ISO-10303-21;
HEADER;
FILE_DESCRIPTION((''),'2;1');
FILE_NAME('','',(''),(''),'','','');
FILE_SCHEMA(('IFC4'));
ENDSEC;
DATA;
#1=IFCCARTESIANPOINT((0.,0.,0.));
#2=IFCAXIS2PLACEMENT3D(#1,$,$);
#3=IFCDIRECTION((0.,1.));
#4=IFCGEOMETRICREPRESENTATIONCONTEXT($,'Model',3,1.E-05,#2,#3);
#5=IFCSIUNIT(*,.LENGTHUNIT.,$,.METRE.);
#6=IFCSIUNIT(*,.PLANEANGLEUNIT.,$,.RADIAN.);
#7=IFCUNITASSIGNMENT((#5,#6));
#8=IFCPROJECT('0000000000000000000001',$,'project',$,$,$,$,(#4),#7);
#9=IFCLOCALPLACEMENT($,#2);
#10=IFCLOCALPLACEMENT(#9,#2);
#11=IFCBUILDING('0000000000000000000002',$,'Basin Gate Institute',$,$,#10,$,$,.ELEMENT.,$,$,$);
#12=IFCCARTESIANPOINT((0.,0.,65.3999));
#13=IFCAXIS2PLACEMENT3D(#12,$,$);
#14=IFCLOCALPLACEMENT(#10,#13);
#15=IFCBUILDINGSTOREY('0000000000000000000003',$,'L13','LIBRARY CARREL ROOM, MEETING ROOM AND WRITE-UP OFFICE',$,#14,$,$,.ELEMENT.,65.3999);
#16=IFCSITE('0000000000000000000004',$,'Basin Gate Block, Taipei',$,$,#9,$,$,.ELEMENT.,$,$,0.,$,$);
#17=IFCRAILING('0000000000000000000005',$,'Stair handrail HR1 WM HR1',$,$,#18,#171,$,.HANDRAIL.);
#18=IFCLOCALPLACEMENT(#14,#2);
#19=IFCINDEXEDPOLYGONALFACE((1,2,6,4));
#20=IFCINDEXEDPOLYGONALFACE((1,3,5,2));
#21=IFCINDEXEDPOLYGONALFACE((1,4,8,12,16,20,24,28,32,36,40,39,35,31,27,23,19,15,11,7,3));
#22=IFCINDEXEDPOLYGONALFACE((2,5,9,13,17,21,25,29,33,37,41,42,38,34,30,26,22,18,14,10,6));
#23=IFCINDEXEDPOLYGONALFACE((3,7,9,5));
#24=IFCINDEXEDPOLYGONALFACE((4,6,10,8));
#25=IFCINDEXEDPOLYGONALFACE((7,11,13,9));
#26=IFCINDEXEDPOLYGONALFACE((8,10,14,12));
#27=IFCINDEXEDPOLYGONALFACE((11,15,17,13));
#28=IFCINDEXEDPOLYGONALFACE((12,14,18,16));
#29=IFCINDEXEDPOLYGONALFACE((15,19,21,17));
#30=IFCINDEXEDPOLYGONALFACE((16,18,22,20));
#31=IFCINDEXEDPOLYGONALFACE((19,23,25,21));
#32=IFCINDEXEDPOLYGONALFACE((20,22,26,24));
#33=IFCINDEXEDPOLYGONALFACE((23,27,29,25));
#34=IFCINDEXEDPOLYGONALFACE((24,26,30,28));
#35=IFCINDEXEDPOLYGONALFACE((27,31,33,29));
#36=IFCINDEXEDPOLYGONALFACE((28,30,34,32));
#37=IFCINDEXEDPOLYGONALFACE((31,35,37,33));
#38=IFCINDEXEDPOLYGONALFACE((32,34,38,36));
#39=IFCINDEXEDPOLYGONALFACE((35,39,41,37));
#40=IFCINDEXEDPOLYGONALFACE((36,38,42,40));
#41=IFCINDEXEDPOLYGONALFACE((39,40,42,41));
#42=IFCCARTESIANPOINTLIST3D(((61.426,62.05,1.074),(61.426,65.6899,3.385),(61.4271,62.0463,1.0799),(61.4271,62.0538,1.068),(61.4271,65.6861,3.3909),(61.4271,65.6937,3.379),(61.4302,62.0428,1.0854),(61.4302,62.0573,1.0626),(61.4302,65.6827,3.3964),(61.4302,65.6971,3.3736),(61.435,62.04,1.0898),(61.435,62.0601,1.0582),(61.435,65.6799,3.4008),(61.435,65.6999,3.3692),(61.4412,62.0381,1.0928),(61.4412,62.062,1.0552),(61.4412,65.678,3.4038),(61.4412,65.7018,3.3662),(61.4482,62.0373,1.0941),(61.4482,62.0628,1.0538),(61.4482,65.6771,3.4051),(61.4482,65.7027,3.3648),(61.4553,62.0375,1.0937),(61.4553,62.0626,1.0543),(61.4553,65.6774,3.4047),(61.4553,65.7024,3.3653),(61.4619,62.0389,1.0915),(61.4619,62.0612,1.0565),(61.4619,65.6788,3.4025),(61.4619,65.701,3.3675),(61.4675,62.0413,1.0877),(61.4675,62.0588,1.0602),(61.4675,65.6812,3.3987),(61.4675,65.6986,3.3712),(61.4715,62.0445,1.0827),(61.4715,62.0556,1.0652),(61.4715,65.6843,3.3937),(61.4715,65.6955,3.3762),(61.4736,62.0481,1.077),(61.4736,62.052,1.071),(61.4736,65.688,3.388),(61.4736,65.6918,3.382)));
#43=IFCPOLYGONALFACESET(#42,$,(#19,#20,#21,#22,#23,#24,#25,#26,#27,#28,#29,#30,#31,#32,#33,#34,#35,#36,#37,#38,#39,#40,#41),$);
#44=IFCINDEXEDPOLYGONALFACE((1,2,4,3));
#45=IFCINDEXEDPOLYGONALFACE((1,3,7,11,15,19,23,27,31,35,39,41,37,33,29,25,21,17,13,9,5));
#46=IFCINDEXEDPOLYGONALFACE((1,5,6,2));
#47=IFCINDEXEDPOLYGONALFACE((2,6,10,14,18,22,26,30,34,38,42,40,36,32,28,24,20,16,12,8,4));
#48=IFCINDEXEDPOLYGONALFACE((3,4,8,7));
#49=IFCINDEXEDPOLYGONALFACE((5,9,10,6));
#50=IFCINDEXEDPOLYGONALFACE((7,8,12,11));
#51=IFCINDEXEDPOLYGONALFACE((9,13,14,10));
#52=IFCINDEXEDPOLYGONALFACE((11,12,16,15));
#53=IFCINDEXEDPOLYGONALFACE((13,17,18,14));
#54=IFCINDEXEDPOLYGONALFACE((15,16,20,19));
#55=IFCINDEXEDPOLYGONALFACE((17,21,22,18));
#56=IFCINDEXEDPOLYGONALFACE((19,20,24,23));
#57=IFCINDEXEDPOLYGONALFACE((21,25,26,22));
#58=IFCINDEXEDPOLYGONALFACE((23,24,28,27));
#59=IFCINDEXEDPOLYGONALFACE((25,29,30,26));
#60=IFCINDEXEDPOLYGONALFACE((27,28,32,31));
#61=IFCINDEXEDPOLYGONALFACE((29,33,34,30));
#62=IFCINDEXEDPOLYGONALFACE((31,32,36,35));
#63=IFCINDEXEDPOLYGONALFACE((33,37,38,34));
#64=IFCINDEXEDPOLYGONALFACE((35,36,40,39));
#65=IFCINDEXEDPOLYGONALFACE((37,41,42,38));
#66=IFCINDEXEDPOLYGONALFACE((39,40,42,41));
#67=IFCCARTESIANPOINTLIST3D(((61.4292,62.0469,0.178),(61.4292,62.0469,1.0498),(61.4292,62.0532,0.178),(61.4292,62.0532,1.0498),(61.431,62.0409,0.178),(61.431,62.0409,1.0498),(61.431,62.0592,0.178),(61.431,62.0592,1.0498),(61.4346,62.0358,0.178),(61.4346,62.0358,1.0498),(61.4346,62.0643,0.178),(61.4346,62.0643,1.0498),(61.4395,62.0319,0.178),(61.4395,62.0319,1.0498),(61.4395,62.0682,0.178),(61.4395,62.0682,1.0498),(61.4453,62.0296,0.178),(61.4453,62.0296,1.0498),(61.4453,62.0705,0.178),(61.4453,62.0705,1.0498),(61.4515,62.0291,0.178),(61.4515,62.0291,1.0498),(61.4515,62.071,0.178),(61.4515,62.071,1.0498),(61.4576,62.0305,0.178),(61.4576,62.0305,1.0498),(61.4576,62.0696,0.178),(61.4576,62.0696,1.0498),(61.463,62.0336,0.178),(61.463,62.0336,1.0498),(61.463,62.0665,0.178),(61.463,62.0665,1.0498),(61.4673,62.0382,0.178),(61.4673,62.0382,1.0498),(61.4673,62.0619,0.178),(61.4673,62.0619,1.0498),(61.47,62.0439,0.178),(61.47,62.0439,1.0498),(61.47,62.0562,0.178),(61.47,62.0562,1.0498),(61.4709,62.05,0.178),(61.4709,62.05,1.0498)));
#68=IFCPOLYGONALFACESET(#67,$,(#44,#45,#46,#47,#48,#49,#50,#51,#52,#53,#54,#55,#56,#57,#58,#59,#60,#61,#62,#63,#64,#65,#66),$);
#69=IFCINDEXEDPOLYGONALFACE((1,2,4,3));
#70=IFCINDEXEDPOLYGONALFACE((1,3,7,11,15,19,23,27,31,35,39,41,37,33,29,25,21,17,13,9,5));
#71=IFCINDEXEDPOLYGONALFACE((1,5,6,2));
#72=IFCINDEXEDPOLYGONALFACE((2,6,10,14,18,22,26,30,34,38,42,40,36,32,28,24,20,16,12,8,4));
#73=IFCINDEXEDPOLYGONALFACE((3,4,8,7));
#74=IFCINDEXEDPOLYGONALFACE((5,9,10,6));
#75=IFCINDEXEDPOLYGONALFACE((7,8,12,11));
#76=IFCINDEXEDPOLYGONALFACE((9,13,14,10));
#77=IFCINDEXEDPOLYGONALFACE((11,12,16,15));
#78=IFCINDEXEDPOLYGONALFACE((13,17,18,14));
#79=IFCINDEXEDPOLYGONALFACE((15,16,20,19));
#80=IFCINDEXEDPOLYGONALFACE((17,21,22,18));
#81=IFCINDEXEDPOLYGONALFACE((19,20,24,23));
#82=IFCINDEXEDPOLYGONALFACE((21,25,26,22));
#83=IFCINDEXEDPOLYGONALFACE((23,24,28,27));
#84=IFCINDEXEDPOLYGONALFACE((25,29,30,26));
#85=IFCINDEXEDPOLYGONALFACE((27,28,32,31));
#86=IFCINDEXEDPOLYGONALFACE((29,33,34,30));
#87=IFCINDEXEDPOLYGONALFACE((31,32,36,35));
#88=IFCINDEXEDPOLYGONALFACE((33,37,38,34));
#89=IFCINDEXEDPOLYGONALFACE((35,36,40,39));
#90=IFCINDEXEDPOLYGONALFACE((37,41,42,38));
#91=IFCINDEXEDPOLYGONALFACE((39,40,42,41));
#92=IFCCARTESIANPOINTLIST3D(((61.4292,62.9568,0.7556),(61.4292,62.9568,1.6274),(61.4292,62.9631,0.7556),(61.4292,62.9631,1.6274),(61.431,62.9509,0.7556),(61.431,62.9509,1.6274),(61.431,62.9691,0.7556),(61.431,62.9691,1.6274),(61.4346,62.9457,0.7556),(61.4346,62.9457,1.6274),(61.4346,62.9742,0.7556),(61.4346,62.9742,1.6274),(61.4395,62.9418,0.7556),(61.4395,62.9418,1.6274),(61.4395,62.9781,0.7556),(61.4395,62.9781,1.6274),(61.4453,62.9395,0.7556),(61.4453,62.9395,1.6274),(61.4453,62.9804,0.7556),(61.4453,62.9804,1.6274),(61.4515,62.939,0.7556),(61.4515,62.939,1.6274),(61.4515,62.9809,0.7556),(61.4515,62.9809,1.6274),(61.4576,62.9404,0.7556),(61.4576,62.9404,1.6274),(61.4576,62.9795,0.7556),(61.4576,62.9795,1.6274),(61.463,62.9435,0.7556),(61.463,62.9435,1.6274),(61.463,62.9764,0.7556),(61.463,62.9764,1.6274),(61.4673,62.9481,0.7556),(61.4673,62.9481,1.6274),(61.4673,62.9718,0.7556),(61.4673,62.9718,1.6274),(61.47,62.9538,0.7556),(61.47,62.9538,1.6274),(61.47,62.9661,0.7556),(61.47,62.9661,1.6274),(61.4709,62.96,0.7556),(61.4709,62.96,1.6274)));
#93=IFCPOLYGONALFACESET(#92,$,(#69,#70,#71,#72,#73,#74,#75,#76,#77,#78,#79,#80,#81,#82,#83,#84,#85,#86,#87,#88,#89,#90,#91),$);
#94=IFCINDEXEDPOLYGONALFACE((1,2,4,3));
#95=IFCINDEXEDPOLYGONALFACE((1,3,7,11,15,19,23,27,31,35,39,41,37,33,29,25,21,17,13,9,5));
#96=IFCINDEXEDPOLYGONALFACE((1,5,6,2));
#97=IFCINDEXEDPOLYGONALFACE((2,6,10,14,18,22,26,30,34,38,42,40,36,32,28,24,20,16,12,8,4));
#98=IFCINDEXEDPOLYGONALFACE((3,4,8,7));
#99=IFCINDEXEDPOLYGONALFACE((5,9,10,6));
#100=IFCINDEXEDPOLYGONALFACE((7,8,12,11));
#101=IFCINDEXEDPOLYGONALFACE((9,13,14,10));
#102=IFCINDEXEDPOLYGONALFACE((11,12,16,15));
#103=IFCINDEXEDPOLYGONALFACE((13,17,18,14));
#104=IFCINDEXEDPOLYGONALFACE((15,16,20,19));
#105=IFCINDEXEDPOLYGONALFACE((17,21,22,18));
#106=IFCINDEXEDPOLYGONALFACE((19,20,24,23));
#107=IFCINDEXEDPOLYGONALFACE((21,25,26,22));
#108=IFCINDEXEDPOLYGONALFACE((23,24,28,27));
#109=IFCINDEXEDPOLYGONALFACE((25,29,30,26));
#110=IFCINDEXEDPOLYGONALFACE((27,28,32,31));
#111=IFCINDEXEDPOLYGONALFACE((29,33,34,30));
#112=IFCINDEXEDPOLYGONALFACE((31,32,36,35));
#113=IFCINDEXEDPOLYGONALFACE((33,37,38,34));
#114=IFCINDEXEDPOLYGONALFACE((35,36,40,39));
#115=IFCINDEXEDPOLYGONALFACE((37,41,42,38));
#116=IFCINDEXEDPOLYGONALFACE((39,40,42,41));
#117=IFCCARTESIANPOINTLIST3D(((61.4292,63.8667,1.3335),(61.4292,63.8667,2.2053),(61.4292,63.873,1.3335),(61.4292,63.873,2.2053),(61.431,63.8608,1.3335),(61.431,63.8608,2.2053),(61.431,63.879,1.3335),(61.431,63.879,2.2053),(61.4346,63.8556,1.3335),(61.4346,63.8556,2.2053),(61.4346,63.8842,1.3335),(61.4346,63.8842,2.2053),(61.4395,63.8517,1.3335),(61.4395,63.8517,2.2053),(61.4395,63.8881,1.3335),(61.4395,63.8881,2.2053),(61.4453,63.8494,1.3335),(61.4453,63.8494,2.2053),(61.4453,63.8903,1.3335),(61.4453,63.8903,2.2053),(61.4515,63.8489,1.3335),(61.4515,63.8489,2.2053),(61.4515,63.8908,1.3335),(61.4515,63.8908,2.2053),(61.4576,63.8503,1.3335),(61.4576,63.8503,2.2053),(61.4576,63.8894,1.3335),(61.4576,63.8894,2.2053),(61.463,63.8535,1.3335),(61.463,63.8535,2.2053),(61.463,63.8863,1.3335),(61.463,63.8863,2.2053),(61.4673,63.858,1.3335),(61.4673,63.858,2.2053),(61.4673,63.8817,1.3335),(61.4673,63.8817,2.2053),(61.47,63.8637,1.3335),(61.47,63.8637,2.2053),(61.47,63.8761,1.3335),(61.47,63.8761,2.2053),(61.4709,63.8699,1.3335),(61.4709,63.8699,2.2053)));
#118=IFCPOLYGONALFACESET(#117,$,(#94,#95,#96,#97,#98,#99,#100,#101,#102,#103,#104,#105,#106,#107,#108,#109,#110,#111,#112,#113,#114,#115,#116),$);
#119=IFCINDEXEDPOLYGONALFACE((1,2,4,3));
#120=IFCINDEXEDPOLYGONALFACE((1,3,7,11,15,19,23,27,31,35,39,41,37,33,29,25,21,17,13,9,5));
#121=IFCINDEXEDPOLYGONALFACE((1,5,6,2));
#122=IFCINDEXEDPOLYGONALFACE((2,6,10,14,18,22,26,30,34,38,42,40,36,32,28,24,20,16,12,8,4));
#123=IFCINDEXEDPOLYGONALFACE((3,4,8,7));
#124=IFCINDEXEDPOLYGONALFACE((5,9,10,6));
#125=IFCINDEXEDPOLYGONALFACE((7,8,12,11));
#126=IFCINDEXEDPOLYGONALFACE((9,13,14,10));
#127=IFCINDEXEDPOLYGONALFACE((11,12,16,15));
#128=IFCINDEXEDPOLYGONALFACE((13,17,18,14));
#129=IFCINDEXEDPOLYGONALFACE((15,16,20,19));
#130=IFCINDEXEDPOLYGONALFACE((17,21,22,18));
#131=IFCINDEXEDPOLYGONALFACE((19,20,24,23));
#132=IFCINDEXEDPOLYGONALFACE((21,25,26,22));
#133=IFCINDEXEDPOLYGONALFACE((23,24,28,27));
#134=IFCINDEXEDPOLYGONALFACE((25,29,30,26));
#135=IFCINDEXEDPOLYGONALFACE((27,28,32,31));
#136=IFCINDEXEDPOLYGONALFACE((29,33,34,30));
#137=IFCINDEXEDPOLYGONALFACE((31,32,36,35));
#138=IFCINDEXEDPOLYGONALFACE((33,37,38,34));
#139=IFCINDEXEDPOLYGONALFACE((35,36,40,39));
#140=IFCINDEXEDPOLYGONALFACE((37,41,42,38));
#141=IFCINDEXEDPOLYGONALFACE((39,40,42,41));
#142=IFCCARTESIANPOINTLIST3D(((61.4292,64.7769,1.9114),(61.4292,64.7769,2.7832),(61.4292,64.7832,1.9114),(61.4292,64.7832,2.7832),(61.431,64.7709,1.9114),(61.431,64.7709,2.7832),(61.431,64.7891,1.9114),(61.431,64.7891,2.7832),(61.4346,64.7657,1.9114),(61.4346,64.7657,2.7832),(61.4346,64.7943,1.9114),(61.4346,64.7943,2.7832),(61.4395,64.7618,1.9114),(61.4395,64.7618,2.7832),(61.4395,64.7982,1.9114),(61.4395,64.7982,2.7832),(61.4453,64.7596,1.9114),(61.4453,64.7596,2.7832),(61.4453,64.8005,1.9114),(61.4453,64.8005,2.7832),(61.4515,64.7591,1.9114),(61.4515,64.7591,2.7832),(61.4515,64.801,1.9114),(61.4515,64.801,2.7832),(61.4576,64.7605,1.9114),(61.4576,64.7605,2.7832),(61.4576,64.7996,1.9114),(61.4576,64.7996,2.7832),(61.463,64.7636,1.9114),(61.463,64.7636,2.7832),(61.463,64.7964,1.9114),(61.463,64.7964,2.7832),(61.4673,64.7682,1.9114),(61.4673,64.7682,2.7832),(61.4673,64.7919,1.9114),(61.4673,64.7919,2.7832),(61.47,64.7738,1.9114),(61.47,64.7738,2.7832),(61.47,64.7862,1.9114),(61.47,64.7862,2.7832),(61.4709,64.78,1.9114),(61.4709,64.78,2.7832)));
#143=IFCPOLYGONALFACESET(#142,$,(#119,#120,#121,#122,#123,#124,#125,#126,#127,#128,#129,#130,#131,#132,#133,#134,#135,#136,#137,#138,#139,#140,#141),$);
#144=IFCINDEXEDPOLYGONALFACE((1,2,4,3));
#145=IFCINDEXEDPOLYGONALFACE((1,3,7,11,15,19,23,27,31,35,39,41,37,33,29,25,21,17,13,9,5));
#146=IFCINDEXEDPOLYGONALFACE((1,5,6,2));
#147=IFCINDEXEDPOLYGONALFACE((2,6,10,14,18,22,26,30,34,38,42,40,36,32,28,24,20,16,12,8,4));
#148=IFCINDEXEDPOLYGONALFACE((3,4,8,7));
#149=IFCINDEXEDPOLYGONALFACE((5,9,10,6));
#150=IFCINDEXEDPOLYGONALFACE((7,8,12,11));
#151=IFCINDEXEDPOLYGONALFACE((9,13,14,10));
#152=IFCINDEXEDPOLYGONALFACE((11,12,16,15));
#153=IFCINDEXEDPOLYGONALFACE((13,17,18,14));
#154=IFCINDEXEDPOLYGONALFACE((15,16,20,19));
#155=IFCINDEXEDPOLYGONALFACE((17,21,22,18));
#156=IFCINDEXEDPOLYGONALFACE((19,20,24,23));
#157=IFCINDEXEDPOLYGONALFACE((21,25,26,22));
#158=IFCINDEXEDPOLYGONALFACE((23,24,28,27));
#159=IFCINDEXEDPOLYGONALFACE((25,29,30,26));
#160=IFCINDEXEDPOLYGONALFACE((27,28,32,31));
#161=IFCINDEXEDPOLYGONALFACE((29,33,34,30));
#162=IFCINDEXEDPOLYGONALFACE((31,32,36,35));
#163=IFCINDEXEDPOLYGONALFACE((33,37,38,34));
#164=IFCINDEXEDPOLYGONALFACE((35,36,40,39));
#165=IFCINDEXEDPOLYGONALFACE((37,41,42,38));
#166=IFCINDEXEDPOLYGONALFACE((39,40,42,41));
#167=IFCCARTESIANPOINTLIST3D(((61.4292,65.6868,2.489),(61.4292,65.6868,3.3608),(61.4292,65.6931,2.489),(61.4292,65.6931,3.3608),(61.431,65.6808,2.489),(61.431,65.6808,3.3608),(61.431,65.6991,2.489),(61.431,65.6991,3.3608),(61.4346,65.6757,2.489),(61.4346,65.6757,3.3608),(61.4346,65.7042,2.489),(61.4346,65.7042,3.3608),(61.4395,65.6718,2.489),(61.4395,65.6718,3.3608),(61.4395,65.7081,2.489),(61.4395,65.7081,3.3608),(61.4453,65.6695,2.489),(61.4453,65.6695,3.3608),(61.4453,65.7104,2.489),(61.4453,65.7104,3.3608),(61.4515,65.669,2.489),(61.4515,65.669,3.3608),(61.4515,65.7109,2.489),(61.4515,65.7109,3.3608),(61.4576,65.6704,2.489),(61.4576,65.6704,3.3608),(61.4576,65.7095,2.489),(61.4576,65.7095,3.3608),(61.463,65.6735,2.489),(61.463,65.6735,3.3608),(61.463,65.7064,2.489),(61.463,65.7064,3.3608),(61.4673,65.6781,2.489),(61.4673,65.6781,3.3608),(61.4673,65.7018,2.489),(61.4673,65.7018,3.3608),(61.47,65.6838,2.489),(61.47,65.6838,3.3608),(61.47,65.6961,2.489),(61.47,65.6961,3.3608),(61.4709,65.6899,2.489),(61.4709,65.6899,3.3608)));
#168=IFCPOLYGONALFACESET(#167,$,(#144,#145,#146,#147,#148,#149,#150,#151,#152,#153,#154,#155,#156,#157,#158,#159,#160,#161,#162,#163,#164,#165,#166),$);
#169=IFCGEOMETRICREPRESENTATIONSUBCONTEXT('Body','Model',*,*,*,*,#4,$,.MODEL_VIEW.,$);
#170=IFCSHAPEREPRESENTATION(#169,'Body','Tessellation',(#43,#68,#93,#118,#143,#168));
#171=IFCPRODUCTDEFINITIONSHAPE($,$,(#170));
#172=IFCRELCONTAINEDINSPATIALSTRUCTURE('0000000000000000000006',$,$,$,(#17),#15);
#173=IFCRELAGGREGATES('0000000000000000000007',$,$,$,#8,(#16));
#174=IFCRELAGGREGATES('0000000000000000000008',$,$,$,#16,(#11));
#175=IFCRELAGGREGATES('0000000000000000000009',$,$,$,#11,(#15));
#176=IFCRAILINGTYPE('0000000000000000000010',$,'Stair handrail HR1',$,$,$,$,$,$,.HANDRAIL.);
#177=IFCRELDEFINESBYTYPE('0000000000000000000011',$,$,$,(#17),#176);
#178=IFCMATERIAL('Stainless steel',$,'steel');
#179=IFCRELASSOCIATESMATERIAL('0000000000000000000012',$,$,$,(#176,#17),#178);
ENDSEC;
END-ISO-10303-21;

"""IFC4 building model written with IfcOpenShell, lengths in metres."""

from ifc_helpers import new_model, si_unit, direction, frame, origin, origin_2d, place, context, subcontext, project, spatial, circle, extrude, material, type_object, element, save


model = new_model("IFC4")

# Units and contexts
model_context = context("Model", 3, precision=1e-05, world=origin(), true_north=direction((0.0, 1.0)))
body_context = subcontext(model_context, "Body", "Model", "MODEL_VIEW")
ifc_project = project(units=[si_unit("LENGTHUNIT", "METRE"), si_unit("PLANEANGLEUNIT", "RADIAN")], contexts=[model_context])

# Site, building, storey
site_placement = place(None, origin())
site = spatial("IfcSite", under=ifc_project, at=site_placement, Name="Basin Gate Block, Taipei", CompositionType="ELEMENT", RefElevation=0.0)
building_placement = place(site_placement, origin())
building = spatial("IfcBuilding", under=site, at=building_placement, Name="Basin Gate Institute", CompositionType="ELEMENT")
storey_placement = place(building_placement, frame((0.0, 0.0, 65.3999)))
storey = spatial("IfcBuildingStorey", under=building, at=storey_placement, Name="L13", Description="LIBRARY CARREL ROOM, MEETING ROOM AND WRITE-UP OFFICE", CompositionType="ELEMENT", Elevation=65.3999)

# Railing
ifc_material_1 = material(Name="Stainless steel", Category="steel")
railing_type_1 = type_object("IfcRailingType", Name="Stair handrail HR1", PredefinedType="HANDRAIL", material=ifc_material_1)
for number, where, name in (
    (1, (61.45, 62.05, 0.178), "Stair handrail HR1 WM HR1"),
):
    element("IfcRailing", number, at=place(storey_placement, frame(where)), inside=storey, type_object=railing_type_1, material=ifc_material_1, Name=name, PredefinedType="HANDRAIL", context=body_context, shape_type="SweptSolid", body=[
        extrude(circle(Radius=0.0239, at=origin_2d()), frame((0.0, 0.0, 0.896), z_axis=(0.0, 0.844214, 0.536007), x_axis=(-1.0, 0.0, 0.0)), (0.0, 0.0, 1.0), 4.3115),
        extrude(circle(Radius=0.021, at=origin_2d()), origin(), (0.0, 0.0, 1.0), 0.8718),
        extrude(circle(Radius=0.021, at=origin_2d()), frame((0.0, 0.9099, 0.5776)), (0.0, 0.0, 1.0), 0.8718),
        extrude(circle(Radius=0.021, at=origin_2d()), frame((0.0, 1.8198, 1.1555)), (0.0, 0.0, 1.0), 0.8718),
        extrude(circle(Radius=0.021, at=origin_2d()), frame((0.0, 2.73, 1.7334)), (0.0, 0.0, 1.0), 0.8718),
        extrude(circle(Radius=0.021, at=origin_2d()), frame((0.0, 3.6399, 2.311)), (0.0, 0.0, 1.0), 0.8718),
    ])

save(model, "model.ifc")
